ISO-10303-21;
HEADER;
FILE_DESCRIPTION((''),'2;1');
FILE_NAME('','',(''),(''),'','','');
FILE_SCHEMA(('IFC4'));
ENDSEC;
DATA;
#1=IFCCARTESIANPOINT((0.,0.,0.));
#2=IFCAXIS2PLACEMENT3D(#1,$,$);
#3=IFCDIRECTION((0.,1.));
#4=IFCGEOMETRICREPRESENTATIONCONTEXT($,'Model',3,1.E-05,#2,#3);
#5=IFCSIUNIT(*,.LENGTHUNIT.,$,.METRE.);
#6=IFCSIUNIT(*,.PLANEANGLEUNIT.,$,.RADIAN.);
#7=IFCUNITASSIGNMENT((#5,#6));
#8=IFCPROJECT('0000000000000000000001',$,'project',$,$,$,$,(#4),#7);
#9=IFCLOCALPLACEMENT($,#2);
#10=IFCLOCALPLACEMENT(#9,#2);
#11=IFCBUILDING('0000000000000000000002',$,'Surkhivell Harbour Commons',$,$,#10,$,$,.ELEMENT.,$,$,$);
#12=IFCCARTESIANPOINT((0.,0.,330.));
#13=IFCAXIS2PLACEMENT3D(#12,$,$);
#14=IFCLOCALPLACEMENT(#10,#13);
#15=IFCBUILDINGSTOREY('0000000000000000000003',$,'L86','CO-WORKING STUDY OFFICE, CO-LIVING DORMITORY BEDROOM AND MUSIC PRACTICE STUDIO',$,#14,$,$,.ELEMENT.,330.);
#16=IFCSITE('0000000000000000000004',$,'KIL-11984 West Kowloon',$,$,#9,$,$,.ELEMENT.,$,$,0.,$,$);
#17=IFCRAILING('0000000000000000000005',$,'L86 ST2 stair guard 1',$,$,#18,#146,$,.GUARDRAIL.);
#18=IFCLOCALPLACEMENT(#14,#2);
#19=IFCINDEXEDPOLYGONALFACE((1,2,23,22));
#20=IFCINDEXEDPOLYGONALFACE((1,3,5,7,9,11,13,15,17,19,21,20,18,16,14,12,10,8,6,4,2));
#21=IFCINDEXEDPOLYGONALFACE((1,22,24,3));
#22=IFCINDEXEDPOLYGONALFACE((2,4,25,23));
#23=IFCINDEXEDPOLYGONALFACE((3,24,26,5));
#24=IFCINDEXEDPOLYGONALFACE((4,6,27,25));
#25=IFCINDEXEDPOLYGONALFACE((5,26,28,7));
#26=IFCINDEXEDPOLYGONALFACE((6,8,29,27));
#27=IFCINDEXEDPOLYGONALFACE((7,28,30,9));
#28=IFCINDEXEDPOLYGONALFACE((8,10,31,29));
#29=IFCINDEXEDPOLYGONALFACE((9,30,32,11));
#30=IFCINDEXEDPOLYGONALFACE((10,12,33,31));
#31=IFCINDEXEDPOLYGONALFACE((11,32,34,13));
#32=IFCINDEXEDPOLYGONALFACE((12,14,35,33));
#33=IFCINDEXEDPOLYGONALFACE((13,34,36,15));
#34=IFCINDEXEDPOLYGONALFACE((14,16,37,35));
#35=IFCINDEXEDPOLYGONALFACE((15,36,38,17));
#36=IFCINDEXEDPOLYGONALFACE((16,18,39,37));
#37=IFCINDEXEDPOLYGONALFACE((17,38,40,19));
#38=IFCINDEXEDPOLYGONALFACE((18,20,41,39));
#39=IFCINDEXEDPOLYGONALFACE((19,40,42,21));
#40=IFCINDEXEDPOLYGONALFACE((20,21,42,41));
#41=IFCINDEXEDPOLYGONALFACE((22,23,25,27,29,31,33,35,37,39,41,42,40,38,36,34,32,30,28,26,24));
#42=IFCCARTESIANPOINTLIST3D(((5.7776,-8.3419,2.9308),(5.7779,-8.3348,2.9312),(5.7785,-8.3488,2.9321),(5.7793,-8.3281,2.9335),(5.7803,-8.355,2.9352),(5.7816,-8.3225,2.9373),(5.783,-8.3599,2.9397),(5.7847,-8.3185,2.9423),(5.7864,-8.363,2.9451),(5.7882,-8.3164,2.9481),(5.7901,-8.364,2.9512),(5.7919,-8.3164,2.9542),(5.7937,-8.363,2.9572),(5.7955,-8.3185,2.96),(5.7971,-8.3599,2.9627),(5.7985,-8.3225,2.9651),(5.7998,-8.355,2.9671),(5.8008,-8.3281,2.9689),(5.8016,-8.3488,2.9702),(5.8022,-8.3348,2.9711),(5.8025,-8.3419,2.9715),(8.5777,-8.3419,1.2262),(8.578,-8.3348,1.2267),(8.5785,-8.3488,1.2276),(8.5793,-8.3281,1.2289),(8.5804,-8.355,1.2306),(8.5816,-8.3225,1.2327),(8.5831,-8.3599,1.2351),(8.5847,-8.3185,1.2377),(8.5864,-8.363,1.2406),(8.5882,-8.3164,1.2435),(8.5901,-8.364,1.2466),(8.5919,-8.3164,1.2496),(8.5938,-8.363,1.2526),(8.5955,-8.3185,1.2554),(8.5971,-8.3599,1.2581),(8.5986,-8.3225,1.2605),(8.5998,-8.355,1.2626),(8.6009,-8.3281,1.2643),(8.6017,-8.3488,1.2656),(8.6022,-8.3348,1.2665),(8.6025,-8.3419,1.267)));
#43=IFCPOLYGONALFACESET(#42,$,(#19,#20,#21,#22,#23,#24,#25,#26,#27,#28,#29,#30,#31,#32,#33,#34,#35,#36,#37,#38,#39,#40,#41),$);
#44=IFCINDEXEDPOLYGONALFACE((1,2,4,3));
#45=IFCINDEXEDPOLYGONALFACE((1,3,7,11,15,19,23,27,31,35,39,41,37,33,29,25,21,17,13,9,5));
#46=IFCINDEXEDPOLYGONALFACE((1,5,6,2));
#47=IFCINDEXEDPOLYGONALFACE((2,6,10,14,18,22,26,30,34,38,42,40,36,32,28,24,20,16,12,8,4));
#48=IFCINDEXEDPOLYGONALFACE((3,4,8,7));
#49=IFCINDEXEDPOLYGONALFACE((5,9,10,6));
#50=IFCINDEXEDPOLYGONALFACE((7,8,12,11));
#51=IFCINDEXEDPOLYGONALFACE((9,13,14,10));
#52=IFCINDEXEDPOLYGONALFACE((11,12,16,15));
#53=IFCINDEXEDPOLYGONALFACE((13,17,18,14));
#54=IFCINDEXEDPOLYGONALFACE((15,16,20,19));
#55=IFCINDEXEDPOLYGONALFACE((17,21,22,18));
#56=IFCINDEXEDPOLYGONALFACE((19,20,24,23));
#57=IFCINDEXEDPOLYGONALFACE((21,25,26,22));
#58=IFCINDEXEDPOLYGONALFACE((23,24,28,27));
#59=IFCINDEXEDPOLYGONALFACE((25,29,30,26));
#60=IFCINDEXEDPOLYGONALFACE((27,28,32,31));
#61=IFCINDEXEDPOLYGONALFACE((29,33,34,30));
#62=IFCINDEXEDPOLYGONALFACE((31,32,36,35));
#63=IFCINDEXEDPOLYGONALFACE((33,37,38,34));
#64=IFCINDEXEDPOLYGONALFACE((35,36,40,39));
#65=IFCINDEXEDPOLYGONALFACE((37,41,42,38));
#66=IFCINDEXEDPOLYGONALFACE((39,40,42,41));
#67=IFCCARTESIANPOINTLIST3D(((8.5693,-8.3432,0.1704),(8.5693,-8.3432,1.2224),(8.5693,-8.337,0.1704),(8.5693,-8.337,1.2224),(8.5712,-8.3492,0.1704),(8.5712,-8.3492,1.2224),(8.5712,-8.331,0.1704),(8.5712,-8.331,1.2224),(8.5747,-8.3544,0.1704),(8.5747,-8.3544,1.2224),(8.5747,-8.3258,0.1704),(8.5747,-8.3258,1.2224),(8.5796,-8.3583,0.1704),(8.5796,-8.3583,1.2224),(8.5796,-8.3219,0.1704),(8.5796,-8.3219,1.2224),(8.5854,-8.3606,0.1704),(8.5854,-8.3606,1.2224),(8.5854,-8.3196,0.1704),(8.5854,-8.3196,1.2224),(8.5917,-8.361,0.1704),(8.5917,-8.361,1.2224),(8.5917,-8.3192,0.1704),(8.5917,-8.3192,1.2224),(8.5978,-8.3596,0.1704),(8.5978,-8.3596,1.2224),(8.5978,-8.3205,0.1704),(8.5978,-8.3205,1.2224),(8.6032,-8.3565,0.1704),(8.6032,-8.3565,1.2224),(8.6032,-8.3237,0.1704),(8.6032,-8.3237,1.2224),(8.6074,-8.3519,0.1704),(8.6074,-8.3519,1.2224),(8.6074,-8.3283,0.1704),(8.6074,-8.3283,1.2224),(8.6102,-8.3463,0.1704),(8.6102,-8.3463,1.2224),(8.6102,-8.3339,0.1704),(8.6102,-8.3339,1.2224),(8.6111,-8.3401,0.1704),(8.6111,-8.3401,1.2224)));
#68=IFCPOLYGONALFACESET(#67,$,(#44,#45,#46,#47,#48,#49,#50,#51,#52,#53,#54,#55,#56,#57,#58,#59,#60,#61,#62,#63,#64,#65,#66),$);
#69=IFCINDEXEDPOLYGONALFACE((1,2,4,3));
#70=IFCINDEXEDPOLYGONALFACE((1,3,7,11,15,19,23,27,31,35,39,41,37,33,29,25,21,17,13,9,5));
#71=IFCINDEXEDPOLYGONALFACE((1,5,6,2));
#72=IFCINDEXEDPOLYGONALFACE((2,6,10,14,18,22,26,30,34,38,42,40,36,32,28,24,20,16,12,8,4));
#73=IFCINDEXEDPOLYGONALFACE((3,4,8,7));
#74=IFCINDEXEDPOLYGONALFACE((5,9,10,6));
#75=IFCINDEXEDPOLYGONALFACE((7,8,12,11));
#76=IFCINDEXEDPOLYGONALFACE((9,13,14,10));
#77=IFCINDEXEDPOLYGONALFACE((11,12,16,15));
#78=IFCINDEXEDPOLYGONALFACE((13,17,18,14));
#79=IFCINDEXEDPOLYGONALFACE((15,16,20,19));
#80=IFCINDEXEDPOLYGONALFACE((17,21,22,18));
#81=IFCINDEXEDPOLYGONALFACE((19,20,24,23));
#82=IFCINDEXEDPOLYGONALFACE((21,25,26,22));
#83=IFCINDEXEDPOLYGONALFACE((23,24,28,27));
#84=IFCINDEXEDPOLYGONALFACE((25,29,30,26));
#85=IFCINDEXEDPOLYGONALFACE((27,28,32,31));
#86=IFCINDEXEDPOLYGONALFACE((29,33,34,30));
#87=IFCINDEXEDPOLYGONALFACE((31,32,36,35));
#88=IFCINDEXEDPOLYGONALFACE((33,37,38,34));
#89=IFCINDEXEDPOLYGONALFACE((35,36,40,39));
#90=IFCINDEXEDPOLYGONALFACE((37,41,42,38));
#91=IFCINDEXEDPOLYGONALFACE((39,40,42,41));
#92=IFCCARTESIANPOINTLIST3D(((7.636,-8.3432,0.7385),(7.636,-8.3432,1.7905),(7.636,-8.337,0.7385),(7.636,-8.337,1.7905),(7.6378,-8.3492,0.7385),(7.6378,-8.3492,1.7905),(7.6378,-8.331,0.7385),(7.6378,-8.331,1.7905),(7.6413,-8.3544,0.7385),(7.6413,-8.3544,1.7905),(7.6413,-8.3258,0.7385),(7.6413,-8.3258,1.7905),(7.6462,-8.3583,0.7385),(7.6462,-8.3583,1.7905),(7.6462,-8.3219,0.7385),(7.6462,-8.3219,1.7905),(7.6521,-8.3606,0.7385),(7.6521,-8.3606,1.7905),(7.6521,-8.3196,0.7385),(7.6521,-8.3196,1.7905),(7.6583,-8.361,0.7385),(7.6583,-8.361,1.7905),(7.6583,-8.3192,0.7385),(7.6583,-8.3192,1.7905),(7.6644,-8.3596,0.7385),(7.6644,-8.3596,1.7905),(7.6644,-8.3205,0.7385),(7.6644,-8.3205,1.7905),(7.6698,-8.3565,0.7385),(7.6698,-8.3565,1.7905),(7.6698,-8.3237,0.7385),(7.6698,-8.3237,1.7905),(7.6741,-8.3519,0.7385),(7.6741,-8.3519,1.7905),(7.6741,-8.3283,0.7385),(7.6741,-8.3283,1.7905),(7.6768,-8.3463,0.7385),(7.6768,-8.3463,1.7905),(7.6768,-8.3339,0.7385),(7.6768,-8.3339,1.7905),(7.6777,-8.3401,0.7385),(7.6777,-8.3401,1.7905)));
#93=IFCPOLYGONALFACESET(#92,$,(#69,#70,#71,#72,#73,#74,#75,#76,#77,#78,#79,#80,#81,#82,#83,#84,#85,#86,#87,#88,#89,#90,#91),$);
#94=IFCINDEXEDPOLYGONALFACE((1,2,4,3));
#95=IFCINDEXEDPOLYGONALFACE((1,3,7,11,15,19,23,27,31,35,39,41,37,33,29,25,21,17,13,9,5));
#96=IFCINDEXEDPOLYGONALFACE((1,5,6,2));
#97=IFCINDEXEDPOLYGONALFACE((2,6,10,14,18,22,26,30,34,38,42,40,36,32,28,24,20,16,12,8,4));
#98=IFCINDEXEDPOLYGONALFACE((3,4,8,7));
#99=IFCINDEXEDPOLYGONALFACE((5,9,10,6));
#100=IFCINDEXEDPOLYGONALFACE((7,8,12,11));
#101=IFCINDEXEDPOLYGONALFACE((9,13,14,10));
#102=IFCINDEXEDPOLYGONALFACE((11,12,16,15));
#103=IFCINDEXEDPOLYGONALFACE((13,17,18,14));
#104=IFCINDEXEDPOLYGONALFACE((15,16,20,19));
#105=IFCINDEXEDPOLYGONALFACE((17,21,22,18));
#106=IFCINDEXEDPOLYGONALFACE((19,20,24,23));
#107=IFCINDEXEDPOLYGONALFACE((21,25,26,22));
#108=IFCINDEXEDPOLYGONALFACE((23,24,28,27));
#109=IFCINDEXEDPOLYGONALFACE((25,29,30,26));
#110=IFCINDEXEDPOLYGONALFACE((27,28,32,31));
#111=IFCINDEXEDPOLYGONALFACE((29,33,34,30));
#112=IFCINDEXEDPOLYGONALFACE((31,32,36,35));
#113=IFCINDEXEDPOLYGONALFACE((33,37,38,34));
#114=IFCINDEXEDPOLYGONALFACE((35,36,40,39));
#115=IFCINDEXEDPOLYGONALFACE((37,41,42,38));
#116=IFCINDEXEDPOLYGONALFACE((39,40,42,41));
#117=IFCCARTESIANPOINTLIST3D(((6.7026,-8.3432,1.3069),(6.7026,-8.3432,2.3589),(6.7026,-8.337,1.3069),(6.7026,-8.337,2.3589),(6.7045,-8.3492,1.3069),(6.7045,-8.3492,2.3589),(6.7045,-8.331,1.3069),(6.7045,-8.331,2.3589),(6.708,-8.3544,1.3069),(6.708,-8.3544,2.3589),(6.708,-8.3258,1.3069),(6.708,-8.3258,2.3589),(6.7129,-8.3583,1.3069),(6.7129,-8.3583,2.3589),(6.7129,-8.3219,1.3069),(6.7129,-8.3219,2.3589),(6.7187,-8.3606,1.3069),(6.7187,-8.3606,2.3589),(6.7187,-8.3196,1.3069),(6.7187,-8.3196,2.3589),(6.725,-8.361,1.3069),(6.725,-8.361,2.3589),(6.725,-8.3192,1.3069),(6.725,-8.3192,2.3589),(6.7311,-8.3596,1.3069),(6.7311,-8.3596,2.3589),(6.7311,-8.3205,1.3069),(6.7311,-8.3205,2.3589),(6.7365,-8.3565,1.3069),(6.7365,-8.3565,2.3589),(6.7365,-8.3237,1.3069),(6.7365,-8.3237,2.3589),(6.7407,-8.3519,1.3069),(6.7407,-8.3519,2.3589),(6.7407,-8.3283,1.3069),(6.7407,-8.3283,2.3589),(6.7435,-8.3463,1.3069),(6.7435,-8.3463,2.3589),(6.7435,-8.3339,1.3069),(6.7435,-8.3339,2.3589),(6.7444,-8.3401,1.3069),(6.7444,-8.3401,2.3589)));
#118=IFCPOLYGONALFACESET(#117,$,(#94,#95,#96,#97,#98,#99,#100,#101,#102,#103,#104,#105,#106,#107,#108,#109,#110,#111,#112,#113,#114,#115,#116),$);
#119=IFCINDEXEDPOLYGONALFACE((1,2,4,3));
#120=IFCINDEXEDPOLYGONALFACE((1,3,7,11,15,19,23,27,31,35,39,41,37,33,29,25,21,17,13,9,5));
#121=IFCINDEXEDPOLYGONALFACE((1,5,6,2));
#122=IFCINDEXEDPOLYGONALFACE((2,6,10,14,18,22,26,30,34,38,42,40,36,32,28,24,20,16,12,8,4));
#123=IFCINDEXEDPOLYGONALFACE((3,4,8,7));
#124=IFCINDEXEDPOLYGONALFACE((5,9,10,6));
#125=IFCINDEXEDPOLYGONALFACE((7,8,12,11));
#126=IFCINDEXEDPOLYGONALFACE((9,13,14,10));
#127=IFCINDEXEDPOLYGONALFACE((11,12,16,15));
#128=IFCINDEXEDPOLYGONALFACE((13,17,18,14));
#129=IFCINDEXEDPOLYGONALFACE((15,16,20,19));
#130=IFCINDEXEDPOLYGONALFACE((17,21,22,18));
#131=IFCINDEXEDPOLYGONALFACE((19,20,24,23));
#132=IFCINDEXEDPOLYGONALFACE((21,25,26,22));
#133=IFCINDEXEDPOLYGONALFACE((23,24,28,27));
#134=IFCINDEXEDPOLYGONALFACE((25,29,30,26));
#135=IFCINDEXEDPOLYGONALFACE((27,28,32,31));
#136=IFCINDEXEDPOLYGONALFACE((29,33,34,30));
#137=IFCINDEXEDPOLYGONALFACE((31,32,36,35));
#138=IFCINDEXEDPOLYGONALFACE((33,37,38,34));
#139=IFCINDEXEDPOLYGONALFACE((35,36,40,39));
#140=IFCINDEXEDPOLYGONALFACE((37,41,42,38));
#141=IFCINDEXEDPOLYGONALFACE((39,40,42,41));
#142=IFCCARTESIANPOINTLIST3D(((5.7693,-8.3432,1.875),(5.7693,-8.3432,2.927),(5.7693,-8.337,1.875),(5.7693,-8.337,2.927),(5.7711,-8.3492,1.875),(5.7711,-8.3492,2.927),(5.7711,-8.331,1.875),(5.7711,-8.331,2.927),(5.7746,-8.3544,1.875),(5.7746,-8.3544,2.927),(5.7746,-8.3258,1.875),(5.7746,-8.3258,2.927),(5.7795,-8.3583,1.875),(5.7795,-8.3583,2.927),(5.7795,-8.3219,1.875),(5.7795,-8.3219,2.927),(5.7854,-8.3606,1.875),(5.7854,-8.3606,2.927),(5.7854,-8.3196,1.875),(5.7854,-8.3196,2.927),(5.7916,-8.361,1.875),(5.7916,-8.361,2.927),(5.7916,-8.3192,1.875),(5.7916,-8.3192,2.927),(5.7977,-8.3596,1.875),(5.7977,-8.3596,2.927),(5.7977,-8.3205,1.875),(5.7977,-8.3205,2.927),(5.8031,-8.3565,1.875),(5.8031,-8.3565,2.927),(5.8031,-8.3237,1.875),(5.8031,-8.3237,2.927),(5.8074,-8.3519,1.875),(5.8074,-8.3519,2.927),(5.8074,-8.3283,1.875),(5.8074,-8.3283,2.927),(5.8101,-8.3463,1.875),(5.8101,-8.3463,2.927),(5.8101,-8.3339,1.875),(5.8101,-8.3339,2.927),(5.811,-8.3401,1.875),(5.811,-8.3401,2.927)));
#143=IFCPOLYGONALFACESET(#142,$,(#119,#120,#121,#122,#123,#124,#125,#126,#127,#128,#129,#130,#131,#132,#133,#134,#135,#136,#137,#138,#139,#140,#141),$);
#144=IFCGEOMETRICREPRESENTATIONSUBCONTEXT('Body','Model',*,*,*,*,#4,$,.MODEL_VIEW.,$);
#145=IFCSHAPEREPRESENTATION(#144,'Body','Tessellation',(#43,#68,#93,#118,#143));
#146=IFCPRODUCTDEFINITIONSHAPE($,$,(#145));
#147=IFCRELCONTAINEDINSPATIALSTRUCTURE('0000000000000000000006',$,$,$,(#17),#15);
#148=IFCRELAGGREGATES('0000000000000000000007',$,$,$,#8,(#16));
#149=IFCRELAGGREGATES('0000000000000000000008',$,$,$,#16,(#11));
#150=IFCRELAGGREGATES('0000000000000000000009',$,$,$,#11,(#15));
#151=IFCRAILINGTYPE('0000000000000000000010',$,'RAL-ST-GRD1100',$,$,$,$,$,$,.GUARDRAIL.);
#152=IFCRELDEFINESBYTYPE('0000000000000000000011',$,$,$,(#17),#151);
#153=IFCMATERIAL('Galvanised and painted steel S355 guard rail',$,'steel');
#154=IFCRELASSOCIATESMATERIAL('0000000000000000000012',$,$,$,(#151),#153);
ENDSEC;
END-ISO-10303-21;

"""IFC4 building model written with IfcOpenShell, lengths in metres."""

from ifc_helpers import new_model, si_unit, direction, frame, origin, origin_2d, place, context, subcontext, project, spatial, circle, extrude, material, type_object, element, save


model = new_model("IFC4")

# Units and contexts
model_context = context("Model", 3, precision=1e-05, world=origin(), true_north=direction((0.0, 1.0)))
body_context = subcontext(model_context, "Body", "Model", "MODEL_VIEW")
ifc_project = project(units=[si_unit("LENGTHUNIT", "METRE"), si_unit("PLANEANGLEUNIT", "RADIAN")], contexts=[model_context])

# Site, building, storey
site_placement = place(None, origin())
site = spatial("IfcSite", under=ifc_project, at=site_placement, Name="KIL-11984 West Kowloon", CompositionType="ELEMENT", RefElevation=0.0)
building_placement = place(site_placement, origin())
building = spatial("IfcBuilding", under=site, at=building_placement, Name="Surkhivell Harbour Commons", CompositionType="ELEMENT")
storey_placement = place(building_placement, frame((0.0, 0.0, 330.0)))
storey = spatial("IfcBuildingStorey", under=building, at=storey_placement, Name="L86", Description="CO-WORKING STUDY OFFICE, CO-LIVING DORMITORY BEDROOM AND MUSIC PRACTICE STUDIO", CompositionType="ELEMENT", Elevation=330.0)

# Railing
ifc_material_1 = material(Name="Galvanised and painted steel S355 guard rail", Category="steel")
railing_type_1 = type_object("IfcRailingType", Name="RAL-ST-GRD1100", PredefinedType="GUARDRAIL", material=ifc_material_1)
railing_1_placement = place(storey_placement, frame((8.5901, -8.3401, 0.1704)))
element("IfcRailing", 1, at=railing_1_placement, inside=storey, type_object=railing_type_1, Name="L86 ST2 stair guard 1", PredefinedType="GUARDRAIL", context=body_context, shape_type="SweptSolid", body=[
    extrude(circle(Radius=0.0239, at=origin_2d()), frame((0.0, 0.0, 1.0762), z_axis=(-0.85417, 0.0, 0.519994), x_axis=(0.0, -1.0, 0.0)), (0.0, 0.0, 1.0), 3.2781),
    extrude(circle(Radius=0.021, at=origin_2d()), origin(), (0.0, 0.0, 1.0), 1.052),
    extrude(circle(Radius=0.021, at=origin_2d()), frame((-0.9333, 0.0, 0.5681)), (0.0, 0.0, 1.0), 1.052),
    extrude(circle(Radius=0.021, at=origin_2d()), frame((-1.8667, 0.0, 1.1365)), (0.0, 0.0, 1.0), 1.052),
    extrude(circle(Radius=0.021, at=origin_2d()), frame((-2.8, 0.0, 1.7046)), (0.0, 0.0, 1.0), 1.052),
])

save(model, "model.ifc")
